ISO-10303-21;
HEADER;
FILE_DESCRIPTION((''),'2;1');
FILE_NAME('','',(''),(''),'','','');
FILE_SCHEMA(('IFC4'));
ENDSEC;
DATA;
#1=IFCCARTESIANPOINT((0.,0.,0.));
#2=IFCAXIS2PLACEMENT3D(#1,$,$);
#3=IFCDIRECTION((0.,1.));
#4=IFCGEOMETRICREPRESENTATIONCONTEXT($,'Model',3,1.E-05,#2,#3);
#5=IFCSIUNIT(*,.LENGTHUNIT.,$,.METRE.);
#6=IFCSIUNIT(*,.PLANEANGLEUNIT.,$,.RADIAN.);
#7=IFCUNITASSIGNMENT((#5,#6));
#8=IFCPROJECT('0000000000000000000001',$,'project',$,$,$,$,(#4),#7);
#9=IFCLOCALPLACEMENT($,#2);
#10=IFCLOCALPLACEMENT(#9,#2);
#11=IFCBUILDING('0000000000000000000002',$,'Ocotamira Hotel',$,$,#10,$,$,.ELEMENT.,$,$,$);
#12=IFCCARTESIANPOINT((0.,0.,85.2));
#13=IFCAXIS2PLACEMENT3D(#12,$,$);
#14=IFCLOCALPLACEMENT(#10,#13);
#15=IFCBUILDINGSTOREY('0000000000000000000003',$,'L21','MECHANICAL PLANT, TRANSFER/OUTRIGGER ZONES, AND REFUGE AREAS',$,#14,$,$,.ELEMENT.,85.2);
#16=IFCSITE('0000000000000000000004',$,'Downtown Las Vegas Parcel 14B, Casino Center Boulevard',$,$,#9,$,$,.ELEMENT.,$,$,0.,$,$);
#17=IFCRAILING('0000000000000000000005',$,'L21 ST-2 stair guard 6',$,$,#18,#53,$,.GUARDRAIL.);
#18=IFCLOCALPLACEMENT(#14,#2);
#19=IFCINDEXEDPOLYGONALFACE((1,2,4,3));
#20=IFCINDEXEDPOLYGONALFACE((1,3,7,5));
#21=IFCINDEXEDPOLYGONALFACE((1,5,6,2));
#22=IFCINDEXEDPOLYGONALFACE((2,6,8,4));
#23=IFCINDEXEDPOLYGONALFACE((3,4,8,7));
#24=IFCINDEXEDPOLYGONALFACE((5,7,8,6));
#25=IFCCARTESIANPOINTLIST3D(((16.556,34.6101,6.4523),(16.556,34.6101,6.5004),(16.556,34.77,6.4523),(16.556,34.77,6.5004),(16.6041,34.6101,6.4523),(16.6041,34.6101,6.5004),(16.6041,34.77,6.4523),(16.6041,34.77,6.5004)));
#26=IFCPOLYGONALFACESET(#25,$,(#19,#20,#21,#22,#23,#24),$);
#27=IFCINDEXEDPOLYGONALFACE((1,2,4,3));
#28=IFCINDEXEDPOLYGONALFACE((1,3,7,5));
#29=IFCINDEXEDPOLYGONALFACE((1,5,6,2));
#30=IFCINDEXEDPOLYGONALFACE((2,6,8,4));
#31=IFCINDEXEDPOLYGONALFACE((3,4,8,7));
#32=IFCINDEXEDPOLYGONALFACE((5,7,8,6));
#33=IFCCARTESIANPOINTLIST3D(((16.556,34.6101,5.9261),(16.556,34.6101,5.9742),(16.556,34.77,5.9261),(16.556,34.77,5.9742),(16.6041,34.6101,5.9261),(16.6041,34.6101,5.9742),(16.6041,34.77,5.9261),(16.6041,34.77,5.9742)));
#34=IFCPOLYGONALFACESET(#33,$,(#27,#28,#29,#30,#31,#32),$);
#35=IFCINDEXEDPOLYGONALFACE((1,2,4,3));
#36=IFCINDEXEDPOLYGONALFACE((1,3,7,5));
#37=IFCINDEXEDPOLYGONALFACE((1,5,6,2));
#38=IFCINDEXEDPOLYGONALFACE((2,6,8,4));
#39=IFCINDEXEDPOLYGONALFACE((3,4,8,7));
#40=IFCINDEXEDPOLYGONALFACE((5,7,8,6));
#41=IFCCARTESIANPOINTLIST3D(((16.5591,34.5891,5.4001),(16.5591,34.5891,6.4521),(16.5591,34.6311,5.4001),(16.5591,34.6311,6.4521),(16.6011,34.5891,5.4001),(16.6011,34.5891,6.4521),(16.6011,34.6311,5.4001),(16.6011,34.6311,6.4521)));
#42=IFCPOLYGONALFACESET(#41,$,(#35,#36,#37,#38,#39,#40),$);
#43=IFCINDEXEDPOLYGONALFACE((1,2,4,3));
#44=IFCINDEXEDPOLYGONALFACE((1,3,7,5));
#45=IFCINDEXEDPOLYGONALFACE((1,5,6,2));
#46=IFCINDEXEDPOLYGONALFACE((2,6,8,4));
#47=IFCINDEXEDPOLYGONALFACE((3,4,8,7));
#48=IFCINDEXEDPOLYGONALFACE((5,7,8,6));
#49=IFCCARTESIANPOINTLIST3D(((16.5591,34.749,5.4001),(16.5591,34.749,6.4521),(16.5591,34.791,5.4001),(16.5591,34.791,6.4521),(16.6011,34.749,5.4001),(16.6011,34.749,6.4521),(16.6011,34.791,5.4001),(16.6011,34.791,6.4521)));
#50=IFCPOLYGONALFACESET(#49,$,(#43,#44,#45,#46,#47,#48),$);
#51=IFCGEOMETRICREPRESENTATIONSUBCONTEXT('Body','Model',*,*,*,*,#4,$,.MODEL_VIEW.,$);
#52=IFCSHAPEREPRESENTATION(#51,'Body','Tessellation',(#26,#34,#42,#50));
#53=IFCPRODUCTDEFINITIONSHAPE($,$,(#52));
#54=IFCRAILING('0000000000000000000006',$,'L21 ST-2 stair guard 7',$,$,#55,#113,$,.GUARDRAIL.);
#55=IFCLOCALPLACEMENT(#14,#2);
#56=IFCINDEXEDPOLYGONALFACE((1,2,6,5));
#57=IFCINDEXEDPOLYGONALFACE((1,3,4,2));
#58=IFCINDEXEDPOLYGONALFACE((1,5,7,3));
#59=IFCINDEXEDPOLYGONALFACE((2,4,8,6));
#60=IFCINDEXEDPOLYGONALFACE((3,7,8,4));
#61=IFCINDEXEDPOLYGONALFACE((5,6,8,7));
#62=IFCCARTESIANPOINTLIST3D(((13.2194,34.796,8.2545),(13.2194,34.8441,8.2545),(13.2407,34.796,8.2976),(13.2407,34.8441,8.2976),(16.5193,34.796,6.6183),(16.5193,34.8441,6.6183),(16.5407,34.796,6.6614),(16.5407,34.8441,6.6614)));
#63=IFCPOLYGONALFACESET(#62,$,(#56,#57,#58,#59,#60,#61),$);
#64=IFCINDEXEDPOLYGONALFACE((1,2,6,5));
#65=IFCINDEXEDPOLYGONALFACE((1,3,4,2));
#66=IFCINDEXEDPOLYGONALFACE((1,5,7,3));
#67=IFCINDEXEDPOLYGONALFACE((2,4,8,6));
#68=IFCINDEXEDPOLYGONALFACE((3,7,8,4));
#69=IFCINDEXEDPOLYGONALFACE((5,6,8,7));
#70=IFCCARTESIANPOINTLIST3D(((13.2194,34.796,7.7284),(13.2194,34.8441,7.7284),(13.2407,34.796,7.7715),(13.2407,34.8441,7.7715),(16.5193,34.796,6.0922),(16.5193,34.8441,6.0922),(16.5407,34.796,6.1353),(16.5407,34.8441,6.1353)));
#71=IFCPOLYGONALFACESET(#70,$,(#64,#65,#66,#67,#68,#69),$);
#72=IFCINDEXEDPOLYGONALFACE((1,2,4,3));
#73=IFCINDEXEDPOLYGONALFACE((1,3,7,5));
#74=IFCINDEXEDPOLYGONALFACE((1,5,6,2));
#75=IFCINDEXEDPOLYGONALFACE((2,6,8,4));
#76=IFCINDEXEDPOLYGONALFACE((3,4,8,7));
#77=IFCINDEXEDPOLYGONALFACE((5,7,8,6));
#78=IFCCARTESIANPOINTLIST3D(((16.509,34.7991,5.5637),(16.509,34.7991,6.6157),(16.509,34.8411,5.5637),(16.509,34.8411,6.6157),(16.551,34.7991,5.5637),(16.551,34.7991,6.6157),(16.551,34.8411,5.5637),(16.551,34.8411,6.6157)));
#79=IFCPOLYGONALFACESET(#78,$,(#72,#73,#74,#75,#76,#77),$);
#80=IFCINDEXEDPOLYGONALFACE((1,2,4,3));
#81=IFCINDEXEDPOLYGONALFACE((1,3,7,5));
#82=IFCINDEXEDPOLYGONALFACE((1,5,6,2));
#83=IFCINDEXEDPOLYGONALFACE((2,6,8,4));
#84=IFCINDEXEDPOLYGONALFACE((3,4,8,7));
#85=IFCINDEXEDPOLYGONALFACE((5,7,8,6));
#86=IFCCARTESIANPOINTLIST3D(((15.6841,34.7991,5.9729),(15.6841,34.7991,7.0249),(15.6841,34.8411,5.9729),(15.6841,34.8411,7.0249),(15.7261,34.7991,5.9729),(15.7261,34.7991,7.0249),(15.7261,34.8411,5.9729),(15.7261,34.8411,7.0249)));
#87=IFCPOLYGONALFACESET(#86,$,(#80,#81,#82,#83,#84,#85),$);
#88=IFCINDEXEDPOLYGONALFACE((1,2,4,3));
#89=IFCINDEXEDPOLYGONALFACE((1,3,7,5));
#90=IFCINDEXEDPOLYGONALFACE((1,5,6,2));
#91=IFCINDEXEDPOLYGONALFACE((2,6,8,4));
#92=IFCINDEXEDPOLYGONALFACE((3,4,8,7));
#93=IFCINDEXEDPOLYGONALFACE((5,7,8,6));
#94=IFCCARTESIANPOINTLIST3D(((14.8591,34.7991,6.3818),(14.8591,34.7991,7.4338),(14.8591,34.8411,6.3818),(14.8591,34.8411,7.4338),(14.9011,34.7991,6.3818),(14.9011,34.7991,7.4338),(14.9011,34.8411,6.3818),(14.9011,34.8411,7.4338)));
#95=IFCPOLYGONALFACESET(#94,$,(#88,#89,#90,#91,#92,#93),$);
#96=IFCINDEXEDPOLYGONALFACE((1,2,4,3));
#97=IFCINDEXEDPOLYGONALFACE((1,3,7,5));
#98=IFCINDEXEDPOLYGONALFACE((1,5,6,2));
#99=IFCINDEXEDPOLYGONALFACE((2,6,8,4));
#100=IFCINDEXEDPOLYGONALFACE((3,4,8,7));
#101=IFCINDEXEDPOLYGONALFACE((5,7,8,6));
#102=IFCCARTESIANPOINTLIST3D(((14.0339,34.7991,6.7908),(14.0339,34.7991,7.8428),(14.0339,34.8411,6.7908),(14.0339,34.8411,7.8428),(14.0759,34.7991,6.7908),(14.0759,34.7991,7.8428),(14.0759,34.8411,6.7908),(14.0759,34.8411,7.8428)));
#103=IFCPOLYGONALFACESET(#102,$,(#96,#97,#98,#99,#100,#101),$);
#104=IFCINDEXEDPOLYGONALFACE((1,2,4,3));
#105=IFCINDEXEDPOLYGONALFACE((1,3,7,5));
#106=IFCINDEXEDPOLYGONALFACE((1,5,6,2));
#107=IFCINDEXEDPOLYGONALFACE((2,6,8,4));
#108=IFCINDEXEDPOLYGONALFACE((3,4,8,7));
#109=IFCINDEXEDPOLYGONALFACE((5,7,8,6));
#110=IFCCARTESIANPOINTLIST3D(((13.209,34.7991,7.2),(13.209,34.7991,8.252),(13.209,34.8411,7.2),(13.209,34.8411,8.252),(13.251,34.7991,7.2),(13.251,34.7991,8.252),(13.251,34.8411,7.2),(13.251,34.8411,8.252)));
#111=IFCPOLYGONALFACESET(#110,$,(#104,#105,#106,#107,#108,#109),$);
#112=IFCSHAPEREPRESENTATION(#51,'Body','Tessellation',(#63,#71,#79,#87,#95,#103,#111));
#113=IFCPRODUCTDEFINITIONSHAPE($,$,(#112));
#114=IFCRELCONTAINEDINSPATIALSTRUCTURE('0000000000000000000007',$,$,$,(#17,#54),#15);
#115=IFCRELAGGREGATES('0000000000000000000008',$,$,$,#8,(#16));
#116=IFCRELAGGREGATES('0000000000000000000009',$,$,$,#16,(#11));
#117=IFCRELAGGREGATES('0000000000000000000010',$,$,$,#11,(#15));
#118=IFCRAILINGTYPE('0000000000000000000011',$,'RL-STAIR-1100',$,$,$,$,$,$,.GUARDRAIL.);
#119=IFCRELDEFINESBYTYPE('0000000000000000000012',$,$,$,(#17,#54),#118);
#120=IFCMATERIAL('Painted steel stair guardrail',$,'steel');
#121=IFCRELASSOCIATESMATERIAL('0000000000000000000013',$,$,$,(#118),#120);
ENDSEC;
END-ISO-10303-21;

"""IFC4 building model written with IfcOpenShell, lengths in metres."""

from ifc_helpers import new_model, si_unit, direction, frame, origin, origin_2d, place, context, subcontext, project, spatial, rectangle, extrude, material, type_object, element, save


model = new_model("IFC4")

# Units and contexts
model_context = context("Model", 3, precision=1e-05, world=origin(), true_north=direction((0.0, 1.0)))
body_context = subcontext(model_context, "Body", "Model", "MODEL_VIEW")
ifc_project = project(units=[si_unit("LENGTHUNIT", "METRE"), si_unit("PLANEANGLEUNIT", "RADIAN")], contexts=[model_context])

# Site, building, storey
site_placement = place(None, origin())
site = spatial("IfcSite", under=ifc_project, at=site_placement, Name="Downtown Las Vegas Parcel 14B, Casino Center Boulevard", CompositionType="ELEMENT", RefElevation=0.0)
building_placement = place(site_placement, origin())
building = spatial("IfcBuilding", under=site, at=building_placement, Name="Ocotamira Hotel", CompositionType="ELEMENT")
storey_placement = place(building_placement, frame((0.0, 0.0, 85.2)))
storey = spatial("IfcBuildingStorey", under=building, at=storey_placement, Name="L21", Description="MECHANICAL PLANT, TRANSFER/OUTRIGGER ZONES, AND REFUGE AREAS", CompositionType="ELEMENT", Elevation=85.2)

# Railings
ifc_material_1 = material(Name="Painted steel stair guardrail", Category="steel")
railing_type_1 = type_object("IfcRailingType", Name="RL-STAIR-1100", PredefinedType="GUARDRAIL", material=ifc_material_1)
railing_1_placement = place(storey_placement, frame((16.5801, 34.6101, 5.4001)))
element("IfcRailing", 1, at=railing_1_placement, inside=storey, type_object=railing_type_1, Name="L21 ST-2 stair guard 6", PredefinedType="GUARDRAIL", context=body_context, shape_type="SweptSolid", body=[
    extrude(rectangle(XDim=0.0481, YDim=0.0481, at=origin_2d()), frame((0.0, 0.0, 1.0762), z_axis=(0.0, 1.0, 0.0), x_axis=(-1.0, 0.0, 0.0)), (0.0, 0.0, 1.0), 0.1599),
    extrude(rectangle(XDim=0.0481, YDim=0.0481, at=origin_2d()), frame((0.0, 0.0, 0.55), z_axis=(0.0, 1.0, 0.0), x_axis=(-1.0, 0.0, 0.0)), (0.0, 0.0, 1.0), 0.1599),
    extrude(rectangle(XDim=0.042, YDim=0.042, at=origin_2d()), origin(), (0.0, 0.0, 1.0), 1.052),
    extrude(rectangle(XDim=0.042, YDim=0.042, at=origin_2d()), frame((0.0, 0.1599, 0.0)), (0.0, 0.0, 1.0), 1.052),
])
railing_2_placement = place(storey_placement, frame((16.53, 34.8201, 5.5637)))
element("IfcRailing", 2, at=railing_2_placement, inside=storey, type_object=railing_type_1, Name="L21 ST-2 stair guard 7", PredefinedType="GUARDRAIL", context=body_context, shape_type="SweptSolid", body=[
    extrude(rectangle(XDim=0.0481, YDim=0.0481, at=origin_2d()), frame((0.0, 0.0, 1.0762), z_axis=(-0.89592, 0.0, 0.444215), x_axis=(0.0, -1.0, 0.0)), (0.0, 0.0, 1.0), 3.6833),
    extrude(rectangle(XDim=0.0481, YDim=0.0481, at=origin_2d()), frame((0.0, 0.0, 0.55), z_axis=(-0.89592, 0.0, 0.444215), x_axis=(0.0, -1.0, 0.0)), (0.0, 0.0, 1.0), 3.6833),
    extrude(rectangle(XDim=0.042, YDim=0.042, at=origin_2d()), origin(), (0.0, 0.0, 1.0), 1.052),
    extrude(rectangle(XDim=0.042, YDim=0.042, at=origin_2d()), frame((-0.825, 0.0, 0.4092)), (0.0, 0.0, 1.0), 1.052),
    extrude(rectangle(XDim=0.042, YDim=0.042, at=origin_2d()), frame((-1.6499, 0.0, 0.8181)), (0.0, 0.0, 1.0), 1.052),
    extrude(rectangle(XDim=0.042, YDim=0.042, at=origin_2d()), frame((-2.4751, 0.0, 1.2271)), (0.0, 0.0, 1.0), 1.052),
    extrude(rectangle(XDim=0.042, YDim=0.042, at=origin_2d()), frame((-3.3, 0.0, 1.6362)), (0.0, 0.0, 1.0), 1.052),
])

save(model, "model.ifc")
